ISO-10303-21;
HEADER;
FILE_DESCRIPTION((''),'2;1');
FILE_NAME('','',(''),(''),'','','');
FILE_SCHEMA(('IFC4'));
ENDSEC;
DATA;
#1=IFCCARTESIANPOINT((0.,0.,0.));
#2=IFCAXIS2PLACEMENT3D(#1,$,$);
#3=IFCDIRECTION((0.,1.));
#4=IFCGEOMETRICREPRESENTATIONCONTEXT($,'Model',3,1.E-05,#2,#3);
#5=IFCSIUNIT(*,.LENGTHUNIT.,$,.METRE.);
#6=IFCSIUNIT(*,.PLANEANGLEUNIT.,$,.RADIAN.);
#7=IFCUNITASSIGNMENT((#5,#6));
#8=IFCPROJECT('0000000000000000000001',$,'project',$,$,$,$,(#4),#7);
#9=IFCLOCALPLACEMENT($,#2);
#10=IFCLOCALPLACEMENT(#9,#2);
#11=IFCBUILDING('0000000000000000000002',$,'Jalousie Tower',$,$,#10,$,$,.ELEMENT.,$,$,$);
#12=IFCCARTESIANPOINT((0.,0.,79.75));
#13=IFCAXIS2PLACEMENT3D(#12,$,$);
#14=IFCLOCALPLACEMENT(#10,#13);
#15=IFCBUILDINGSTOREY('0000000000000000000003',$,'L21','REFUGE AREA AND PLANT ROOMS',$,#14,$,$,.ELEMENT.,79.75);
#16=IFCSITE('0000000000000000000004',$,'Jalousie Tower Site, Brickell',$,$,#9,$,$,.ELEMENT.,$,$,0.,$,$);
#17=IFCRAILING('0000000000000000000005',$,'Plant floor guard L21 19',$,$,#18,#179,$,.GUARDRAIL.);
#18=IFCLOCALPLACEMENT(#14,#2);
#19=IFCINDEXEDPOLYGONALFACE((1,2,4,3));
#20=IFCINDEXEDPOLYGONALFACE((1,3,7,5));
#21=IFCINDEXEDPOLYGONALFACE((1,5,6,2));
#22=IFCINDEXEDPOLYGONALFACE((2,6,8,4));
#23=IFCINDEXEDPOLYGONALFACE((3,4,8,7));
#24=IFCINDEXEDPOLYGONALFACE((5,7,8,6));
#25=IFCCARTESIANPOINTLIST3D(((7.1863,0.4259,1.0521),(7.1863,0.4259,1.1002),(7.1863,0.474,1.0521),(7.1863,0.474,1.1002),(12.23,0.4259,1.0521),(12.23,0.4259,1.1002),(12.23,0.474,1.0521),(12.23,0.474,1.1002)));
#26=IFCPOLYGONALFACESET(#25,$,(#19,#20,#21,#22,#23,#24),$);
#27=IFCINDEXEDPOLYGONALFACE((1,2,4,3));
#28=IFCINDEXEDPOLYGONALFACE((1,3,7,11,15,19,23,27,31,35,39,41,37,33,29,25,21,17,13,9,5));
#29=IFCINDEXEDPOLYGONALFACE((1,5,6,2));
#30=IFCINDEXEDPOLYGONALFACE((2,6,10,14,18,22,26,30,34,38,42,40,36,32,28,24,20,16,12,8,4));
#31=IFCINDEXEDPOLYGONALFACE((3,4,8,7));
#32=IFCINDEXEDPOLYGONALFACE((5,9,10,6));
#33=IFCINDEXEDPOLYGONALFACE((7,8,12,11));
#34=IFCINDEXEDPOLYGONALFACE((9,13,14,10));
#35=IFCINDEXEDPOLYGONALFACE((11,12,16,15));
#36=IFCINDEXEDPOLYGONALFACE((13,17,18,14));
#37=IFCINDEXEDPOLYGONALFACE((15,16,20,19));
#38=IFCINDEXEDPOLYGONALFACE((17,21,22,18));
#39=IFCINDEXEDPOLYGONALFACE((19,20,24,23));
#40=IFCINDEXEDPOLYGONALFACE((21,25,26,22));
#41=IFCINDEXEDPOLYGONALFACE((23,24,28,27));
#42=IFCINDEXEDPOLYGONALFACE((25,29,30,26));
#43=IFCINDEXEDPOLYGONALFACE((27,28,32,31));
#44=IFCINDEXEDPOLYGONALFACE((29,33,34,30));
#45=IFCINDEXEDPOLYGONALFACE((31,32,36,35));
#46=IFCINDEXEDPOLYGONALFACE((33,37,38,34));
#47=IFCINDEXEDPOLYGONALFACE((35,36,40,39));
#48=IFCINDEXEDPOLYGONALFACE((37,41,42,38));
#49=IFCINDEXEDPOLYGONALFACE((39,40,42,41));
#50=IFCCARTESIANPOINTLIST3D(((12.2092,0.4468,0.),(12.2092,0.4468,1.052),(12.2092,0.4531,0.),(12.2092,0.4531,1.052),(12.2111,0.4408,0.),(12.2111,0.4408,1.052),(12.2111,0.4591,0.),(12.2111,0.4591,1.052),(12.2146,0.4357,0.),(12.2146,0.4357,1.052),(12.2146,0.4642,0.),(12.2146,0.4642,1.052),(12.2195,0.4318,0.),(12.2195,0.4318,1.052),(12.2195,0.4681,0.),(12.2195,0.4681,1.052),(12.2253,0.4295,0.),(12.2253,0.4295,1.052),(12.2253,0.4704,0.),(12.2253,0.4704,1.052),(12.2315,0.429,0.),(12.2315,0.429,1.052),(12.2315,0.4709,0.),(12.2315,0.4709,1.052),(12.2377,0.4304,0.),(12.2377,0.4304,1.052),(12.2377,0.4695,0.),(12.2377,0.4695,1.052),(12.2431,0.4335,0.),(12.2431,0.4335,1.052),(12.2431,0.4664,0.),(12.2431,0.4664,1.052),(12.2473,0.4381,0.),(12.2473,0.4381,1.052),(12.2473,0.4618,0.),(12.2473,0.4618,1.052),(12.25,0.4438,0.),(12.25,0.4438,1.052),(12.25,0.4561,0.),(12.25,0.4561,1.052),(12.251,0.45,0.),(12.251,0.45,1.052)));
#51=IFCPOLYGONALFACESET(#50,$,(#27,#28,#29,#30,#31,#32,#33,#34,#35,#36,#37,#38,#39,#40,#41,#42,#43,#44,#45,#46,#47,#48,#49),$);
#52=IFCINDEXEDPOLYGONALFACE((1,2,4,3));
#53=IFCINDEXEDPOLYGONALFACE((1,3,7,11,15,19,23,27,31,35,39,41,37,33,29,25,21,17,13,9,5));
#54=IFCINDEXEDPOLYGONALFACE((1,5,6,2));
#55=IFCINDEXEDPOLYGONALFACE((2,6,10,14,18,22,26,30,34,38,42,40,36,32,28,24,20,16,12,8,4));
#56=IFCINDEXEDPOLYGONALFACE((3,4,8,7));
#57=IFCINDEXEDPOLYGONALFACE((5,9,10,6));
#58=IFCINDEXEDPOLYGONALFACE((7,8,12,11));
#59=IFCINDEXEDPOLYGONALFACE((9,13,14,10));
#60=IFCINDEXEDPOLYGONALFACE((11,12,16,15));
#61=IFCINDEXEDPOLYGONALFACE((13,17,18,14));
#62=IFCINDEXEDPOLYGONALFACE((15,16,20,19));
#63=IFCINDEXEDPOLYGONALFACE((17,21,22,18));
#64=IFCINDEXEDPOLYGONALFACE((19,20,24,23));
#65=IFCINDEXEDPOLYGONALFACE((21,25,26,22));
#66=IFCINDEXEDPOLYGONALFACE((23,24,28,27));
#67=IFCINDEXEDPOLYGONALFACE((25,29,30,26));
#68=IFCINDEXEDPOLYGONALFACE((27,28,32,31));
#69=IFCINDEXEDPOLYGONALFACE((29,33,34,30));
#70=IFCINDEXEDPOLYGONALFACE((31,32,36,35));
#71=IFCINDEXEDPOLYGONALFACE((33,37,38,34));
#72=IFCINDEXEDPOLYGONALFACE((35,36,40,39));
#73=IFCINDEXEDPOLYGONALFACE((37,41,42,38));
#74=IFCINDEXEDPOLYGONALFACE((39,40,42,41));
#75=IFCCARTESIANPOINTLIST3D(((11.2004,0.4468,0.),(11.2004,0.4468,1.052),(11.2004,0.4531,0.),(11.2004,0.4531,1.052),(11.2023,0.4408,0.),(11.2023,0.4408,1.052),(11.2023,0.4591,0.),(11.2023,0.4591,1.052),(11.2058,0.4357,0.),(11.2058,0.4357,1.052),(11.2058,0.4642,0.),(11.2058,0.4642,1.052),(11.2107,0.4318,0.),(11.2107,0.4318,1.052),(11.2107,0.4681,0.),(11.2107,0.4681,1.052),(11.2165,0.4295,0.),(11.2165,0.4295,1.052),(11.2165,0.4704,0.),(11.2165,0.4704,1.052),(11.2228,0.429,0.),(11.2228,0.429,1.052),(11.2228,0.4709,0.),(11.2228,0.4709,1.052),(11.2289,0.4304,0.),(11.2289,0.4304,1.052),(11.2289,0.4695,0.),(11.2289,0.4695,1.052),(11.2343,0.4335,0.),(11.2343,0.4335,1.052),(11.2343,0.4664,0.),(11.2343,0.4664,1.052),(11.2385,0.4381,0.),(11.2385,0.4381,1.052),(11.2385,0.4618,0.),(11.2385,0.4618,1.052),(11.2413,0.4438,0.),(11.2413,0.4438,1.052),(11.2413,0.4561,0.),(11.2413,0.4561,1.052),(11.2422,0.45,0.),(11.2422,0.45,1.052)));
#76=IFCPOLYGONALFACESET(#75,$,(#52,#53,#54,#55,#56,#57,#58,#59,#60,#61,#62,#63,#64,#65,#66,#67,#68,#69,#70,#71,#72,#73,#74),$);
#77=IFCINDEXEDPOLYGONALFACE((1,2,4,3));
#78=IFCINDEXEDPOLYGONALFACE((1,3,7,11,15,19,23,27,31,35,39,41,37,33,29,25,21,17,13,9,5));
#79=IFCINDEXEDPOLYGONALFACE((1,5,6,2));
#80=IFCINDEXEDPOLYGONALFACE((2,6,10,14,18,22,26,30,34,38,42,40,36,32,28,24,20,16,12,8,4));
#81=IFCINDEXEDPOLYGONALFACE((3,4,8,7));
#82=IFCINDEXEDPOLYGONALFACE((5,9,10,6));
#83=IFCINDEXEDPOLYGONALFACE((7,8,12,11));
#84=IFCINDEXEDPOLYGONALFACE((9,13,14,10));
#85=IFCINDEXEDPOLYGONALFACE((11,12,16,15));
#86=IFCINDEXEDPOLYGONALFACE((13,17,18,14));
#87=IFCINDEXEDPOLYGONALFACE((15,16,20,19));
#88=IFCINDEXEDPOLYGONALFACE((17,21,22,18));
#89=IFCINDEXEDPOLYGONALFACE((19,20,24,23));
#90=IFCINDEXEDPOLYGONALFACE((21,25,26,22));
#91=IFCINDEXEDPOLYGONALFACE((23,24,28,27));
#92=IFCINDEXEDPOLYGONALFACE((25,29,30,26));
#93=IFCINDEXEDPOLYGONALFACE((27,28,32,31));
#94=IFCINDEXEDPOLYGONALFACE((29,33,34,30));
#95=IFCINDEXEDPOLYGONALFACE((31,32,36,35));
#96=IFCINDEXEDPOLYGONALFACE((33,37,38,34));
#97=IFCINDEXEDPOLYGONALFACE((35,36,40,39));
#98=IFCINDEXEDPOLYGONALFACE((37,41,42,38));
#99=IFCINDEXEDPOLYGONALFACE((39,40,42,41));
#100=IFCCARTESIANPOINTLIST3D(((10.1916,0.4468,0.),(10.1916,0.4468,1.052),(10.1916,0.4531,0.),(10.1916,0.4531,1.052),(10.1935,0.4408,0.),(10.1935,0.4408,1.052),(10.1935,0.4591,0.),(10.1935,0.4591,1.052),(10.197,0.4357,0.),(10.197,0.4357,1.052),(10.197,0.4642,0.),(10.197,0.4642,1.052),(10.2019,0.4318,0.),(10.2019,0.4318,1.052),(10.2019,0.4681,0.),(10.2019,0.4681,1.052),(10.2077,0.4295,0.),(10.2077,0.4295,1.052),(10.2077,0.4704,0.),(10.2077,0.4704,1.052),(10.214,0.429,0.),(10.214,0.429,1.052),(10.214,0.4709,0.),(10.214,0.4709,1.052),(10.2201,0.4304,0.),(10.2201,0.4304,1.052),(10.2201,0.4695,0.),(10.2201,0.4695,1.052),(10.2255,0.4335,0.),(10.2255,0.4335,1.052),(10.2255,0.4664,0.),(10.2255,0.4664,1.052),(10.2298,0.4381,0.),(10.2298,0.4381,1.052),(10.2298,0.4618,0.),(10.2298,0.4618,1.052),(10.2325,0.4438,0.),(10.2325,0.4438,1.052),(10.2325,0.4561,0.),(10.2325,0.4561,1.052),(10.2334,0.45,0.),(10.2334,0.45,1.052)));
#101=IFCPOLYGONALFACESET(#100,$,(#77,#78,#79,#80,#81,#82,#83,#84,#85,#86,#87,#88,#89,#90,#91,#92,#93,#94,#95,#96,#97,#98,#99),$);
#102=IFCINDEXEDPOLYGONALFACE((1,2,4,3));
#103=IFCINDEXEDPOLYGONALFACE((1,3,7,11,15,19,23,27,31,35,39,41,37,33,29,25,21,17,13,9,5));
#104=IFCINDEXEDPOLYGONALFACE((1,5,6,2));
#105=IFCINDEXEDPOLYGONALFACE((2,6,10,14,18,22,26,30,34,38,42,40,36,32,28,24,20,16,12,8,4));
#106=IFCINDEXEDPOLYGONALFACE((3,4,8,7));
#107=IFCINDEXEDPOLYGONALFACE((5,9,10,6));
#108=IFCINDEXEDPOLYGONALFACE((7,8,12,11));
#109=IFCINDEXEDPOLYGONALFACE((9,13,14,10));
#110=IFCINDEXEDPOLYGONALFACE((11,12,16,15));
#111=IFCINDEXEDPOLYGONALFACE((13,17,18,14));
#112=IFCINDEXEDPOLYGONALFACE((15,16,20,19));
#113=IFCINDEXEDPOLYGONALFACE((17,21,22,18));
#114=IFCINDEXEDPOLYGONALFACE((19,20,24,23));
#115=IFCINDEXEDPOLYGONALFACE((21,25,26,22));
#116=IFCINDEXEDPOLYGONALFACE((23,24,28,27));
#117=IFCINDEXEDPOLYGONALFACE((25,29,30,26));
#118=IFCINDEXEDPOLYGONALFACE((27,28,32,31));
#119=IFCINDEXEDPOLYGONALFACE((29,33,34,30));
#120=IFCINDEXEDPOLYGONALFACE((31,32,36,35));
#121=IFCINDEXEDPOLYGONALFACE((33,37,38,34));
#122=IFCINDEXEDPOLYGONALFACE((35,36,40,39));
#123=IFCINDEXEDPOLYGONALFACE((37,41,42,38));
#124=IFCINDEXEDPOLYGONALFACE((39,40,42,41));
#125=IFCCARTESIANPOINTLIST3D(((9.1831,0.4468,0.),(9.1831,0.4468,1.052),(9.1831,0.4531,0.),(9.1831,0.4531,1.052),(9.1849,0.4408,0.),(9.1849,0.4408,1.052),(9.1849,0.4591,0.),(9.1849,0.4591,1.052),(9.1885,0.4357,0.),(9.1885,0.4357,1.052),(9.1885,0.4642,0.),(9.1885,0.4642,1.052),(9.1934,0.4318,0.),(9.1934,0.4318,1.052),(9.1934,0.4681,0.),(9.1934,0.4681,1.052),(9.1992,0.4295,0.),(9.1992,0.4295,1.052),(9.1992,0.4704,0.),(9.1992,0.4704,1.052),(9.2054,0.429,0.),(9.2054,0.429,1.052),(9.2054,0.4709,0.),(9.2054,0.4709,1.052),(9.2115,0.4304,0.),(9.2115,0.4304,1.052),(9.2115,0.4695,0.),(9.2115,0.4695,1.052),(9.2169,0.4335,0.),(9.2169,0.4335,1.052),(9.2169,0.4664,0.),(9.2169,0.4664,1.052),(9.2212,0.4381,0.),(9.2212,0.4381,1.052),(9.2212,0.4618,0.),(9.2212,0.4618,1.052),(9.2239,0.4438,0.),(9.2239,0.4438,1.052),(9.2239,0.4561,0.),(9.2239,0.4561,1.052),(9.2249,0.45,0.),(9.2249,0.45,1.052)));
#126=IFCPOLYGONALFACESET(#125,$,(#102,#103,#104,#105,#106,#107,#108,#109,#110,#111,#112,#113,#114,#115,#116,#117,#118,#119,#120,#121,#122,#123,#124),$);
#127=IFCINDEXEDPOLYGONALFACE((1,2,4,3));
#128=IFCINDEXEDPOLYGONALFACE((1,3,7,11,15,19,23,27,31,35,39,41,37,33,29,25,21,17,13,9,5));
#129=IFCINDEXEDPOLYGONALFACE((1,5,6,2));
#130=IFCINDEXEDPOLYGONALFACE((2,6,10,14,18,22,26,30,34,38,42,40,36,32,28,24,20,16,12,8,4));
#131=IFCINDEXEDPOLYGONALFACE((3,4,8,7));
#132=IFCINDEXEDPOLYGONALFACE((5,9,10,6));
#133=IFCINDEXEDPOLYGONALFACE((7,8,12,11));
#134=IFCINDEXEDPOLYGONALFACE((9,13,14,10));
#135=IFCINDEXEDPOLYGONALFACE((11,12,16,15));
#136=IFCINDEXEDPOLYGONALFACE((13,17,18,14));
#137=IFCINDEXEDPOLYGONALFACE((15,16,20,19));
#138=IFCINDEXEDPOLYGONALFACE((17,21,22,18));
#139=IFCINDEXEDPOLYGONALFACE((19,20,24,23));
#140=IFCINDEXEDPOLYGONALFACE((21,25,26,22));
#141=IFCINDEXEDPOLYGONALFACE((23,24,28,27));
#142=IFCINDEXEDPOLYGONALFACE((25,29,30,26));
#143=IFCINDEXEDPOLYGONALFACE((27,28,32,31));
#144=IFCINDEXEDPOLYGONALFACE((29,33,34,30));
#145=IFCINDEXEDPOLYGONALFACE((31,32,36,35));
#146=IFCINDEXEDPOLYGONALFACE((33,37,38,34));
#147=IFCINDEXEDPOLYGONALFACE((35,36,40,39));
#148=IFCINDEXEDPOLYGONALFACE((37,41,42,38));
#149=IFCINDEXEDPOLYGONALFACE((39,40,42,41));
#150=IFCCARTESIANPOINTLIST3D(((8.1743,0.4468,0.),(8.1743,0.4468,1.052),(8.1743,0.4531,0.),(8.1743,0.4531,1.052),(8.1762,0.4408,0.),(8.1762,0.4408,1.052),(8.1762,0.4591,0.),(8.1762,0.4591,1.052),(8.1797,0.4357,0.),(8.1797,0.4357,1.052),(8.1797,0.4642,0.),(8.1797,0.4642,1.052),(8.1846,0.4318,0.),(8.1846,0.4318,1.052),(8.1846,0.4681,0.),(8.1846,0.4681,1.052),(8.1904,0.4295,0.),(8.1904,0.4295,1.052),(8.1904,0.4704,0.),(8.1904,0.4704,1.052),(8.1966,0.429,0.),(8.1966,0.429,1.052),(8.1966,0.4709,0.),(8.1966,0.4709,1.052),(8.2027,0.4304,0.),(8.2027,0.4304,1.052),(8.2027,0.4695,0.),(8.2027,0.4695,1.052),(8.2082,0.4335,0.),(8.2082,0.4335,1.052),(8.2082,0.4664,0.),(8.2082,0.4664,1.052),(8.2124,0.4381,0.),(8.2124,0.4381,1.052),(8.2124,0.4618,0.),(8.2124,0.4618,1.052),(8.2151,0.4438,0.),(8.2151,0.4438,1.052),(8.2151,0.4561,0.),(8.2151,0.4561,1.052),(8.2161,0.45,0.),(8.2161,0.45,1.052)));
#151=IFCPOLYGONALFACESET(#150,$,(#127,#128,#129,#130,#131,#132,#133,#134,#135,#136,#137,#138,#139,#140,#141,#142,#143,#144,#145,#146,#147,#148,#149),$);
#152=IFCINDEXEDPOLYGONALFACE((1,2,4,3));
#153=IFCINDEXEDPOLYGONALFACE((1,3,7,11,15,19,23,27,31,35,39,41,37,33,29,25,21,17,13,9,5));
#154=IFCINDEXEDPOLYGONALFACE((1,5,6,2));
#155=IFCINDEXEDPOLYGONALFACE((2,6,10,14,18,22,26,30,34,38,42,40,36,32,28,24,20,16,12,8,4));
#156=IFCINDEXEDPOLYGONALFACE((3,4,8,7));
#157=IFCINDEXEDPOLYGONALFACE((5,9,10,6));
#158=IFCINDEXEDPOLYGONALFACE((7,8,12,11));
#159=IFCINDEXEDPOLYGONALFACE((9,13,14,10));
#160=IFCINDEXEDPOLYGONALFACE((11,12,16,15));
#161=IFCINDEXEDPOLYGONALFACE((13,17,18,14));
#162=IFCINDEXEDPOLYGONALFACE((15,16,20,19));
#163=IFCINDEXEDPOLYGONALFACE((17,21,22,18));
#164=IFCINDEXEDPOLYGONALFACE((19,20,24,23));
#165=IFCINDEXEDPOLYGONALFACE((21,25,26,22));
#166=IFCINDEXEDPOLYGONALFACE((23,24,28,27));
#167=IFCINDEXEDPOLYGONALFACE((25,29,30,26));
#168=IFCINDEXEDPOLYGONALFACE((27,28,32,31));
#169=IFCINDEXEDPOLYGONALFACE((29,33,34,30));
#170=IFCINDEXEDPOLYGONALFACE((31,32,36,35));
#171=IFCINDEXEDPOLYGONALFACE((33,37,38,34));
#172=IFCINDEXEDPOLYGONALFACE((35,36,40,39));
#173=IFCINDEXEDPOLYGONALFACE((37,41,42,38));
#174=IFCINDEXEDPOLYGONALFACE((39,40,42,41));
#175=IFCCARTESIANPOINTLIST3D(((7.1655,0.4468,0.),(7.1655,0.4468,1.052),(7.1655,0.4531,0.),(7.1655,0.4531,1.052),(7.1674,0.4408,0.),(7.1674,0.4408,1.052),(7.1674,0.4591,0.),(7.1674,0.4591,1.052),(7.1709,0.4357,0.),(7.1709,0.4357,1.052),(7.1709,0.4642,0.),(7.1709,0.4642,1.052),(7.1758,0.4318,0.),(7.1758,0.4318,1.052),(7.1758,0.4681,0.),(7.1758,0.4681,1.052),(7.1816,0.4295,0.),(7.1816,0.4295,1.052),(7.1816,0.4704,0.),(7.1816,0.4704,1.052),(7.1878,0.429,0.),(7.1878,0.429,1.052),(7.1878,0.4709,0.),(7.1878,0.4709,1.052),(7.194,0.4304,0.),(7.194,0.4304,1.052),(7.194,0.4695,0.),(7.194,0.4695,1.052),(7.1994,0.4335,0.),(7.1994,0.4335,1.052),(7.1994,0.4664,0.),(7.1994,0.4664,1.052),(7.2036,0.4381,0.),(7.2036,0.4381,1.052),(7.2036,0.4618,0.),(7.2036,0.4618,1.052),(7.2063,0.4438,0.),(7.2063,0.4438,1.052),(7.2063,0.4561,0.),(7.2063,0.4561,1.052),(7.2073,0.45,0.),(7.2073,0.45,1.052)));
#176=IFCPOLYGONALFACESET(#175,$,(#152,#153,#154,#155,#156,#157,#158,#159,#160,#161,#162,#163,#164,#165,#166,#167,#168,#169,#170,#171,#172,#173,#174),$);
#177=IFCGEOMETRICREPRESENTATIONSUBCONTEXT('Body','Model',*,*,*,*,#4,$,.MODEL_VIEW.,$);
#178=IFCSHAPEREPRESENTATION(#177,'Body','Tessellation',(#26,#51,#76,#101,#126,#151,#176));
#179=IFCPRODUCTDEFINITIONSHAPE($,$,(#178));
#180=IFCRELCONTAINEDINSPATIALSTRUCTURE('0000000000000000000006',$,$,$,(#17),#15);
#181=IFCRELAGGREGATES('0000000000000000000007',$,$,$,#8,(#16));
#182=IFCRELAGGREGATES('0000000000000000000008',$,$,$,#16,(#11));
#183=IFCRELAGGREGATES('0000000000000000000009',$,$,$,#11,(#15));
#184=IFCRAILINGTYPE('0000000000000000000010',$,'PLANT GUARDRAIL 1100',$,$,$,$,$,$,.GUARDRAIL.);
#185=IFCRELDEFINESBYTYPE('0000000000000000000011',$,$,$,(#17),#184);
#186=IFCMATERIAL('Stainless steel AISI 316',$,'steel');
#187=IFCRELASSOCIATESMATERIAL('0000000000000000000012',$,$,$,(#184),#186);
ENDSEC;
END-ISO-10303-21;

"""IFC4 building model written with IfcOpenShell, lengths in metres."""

from ifc_helpers import new_model, si_unit, direction, frame, origin, origin_2d, place, context, subcontext, project, spatial, rectangle, circle, extrude, material, type_object, element, save


model = new_model("IFC4")

# Units and contexts
model_context = context("Model", 3, precision=1e-05, world=origin(), true_north=direction((0.0, 1.0)))
body_context = subcontext(model_context, "Body", "Model", "MODEL_VIEW")
ifc_project = project(units=[si_unit("LENGTHUNIT", "METRE"), si_unit("PLANEANGLEUNIT", "RADIAN")], contexts=[model_context])

# Site, building, storey
site_placement = place(None, origin())
site = spatial("IfcSite", under=ifc_project, at=site_placement, Name="Jalousie Tower Site, Brickell", CompositionType="ELEMENT", RefElevation=0.0)
building_placement = place(site_placement, origin())
building = spatial("IfcBuilding", under=site, at=building_placement, Name="Jalousie Tower", CompositionType="ELEMENT")
storey_placement = place(building_placement, frame((0.0, 0.0, 79.75)))
storey = spatial("IfcBuildingStorey", under=building, at=storey_placement, Name="L21", Description="REFUGE AREA AND PLANT ROOMS", CompositionType="ELEMENT", Elevation=79.75)

# Railing
ifc_material_1 = material(Name="Stainless steel AISI 316", Category="steel")
railing_type = type_object("IfcRailingType", Name="PLANT GUARDRAIL 1100", PredefinedType="GUARDRAIL", material=ifc_material_1)
railing_1_placement = place(storey_placement, frame((12.23, 0.45, 0.0)))
element("IfcRailing", 1, at=railing_1_placement, inside=storey, type_object=railing_type, Name="Plant floor guard L21 19", PredefinedType="GUARDRAIL", context=body_context, shape_type="SweptSolid", body=[
    extrude(rectangle(XDim=0.0481, YDim=0.0481, at=origin_2d()), frame((0.0, 0.0, 1.0762), z_axis=(-1.0, 0.0, 0.0), x_axis=(0.0, -1.0, 0.0)), (0.0, 0.0, 1.0), 5.0437),
    extrude(circle(Radius=0.021, at=origin_2d()), origin(), (0.0, 0.0, 1.0), 1.052),
    extrude(circle(Radius=0.021, at=origin_2d()), frame((-1.0088, 0.0, 0.0)), (0.0, 0.0, 1.0), 1.052),
    extrude(circle(Radius=0.021, at=origin_2d()), frame((-2.0176, 0.0, 0.0)), (0.0, 0.0, 1.0), 1.052),
    extrude(circle(Radius=0.021, at=origin_2d()), frame((-3.0261, 0.0, 0.0)), (0.0, 0.0, 1.0), 1.052),
    extrude(circle(Radius=0.021, at=origin_2d()), frame((-4.0349, 0.0, 0.0)), (0.0, 0.0, 1.0), 1.052),
    extrude(circle(Radius=0.021, at=origin_2d()), frame((-5.0437, 0.0, 0.0)), (0.0, 0.0, 1.0), 1.052),
])

save(model, "model.ifc")
